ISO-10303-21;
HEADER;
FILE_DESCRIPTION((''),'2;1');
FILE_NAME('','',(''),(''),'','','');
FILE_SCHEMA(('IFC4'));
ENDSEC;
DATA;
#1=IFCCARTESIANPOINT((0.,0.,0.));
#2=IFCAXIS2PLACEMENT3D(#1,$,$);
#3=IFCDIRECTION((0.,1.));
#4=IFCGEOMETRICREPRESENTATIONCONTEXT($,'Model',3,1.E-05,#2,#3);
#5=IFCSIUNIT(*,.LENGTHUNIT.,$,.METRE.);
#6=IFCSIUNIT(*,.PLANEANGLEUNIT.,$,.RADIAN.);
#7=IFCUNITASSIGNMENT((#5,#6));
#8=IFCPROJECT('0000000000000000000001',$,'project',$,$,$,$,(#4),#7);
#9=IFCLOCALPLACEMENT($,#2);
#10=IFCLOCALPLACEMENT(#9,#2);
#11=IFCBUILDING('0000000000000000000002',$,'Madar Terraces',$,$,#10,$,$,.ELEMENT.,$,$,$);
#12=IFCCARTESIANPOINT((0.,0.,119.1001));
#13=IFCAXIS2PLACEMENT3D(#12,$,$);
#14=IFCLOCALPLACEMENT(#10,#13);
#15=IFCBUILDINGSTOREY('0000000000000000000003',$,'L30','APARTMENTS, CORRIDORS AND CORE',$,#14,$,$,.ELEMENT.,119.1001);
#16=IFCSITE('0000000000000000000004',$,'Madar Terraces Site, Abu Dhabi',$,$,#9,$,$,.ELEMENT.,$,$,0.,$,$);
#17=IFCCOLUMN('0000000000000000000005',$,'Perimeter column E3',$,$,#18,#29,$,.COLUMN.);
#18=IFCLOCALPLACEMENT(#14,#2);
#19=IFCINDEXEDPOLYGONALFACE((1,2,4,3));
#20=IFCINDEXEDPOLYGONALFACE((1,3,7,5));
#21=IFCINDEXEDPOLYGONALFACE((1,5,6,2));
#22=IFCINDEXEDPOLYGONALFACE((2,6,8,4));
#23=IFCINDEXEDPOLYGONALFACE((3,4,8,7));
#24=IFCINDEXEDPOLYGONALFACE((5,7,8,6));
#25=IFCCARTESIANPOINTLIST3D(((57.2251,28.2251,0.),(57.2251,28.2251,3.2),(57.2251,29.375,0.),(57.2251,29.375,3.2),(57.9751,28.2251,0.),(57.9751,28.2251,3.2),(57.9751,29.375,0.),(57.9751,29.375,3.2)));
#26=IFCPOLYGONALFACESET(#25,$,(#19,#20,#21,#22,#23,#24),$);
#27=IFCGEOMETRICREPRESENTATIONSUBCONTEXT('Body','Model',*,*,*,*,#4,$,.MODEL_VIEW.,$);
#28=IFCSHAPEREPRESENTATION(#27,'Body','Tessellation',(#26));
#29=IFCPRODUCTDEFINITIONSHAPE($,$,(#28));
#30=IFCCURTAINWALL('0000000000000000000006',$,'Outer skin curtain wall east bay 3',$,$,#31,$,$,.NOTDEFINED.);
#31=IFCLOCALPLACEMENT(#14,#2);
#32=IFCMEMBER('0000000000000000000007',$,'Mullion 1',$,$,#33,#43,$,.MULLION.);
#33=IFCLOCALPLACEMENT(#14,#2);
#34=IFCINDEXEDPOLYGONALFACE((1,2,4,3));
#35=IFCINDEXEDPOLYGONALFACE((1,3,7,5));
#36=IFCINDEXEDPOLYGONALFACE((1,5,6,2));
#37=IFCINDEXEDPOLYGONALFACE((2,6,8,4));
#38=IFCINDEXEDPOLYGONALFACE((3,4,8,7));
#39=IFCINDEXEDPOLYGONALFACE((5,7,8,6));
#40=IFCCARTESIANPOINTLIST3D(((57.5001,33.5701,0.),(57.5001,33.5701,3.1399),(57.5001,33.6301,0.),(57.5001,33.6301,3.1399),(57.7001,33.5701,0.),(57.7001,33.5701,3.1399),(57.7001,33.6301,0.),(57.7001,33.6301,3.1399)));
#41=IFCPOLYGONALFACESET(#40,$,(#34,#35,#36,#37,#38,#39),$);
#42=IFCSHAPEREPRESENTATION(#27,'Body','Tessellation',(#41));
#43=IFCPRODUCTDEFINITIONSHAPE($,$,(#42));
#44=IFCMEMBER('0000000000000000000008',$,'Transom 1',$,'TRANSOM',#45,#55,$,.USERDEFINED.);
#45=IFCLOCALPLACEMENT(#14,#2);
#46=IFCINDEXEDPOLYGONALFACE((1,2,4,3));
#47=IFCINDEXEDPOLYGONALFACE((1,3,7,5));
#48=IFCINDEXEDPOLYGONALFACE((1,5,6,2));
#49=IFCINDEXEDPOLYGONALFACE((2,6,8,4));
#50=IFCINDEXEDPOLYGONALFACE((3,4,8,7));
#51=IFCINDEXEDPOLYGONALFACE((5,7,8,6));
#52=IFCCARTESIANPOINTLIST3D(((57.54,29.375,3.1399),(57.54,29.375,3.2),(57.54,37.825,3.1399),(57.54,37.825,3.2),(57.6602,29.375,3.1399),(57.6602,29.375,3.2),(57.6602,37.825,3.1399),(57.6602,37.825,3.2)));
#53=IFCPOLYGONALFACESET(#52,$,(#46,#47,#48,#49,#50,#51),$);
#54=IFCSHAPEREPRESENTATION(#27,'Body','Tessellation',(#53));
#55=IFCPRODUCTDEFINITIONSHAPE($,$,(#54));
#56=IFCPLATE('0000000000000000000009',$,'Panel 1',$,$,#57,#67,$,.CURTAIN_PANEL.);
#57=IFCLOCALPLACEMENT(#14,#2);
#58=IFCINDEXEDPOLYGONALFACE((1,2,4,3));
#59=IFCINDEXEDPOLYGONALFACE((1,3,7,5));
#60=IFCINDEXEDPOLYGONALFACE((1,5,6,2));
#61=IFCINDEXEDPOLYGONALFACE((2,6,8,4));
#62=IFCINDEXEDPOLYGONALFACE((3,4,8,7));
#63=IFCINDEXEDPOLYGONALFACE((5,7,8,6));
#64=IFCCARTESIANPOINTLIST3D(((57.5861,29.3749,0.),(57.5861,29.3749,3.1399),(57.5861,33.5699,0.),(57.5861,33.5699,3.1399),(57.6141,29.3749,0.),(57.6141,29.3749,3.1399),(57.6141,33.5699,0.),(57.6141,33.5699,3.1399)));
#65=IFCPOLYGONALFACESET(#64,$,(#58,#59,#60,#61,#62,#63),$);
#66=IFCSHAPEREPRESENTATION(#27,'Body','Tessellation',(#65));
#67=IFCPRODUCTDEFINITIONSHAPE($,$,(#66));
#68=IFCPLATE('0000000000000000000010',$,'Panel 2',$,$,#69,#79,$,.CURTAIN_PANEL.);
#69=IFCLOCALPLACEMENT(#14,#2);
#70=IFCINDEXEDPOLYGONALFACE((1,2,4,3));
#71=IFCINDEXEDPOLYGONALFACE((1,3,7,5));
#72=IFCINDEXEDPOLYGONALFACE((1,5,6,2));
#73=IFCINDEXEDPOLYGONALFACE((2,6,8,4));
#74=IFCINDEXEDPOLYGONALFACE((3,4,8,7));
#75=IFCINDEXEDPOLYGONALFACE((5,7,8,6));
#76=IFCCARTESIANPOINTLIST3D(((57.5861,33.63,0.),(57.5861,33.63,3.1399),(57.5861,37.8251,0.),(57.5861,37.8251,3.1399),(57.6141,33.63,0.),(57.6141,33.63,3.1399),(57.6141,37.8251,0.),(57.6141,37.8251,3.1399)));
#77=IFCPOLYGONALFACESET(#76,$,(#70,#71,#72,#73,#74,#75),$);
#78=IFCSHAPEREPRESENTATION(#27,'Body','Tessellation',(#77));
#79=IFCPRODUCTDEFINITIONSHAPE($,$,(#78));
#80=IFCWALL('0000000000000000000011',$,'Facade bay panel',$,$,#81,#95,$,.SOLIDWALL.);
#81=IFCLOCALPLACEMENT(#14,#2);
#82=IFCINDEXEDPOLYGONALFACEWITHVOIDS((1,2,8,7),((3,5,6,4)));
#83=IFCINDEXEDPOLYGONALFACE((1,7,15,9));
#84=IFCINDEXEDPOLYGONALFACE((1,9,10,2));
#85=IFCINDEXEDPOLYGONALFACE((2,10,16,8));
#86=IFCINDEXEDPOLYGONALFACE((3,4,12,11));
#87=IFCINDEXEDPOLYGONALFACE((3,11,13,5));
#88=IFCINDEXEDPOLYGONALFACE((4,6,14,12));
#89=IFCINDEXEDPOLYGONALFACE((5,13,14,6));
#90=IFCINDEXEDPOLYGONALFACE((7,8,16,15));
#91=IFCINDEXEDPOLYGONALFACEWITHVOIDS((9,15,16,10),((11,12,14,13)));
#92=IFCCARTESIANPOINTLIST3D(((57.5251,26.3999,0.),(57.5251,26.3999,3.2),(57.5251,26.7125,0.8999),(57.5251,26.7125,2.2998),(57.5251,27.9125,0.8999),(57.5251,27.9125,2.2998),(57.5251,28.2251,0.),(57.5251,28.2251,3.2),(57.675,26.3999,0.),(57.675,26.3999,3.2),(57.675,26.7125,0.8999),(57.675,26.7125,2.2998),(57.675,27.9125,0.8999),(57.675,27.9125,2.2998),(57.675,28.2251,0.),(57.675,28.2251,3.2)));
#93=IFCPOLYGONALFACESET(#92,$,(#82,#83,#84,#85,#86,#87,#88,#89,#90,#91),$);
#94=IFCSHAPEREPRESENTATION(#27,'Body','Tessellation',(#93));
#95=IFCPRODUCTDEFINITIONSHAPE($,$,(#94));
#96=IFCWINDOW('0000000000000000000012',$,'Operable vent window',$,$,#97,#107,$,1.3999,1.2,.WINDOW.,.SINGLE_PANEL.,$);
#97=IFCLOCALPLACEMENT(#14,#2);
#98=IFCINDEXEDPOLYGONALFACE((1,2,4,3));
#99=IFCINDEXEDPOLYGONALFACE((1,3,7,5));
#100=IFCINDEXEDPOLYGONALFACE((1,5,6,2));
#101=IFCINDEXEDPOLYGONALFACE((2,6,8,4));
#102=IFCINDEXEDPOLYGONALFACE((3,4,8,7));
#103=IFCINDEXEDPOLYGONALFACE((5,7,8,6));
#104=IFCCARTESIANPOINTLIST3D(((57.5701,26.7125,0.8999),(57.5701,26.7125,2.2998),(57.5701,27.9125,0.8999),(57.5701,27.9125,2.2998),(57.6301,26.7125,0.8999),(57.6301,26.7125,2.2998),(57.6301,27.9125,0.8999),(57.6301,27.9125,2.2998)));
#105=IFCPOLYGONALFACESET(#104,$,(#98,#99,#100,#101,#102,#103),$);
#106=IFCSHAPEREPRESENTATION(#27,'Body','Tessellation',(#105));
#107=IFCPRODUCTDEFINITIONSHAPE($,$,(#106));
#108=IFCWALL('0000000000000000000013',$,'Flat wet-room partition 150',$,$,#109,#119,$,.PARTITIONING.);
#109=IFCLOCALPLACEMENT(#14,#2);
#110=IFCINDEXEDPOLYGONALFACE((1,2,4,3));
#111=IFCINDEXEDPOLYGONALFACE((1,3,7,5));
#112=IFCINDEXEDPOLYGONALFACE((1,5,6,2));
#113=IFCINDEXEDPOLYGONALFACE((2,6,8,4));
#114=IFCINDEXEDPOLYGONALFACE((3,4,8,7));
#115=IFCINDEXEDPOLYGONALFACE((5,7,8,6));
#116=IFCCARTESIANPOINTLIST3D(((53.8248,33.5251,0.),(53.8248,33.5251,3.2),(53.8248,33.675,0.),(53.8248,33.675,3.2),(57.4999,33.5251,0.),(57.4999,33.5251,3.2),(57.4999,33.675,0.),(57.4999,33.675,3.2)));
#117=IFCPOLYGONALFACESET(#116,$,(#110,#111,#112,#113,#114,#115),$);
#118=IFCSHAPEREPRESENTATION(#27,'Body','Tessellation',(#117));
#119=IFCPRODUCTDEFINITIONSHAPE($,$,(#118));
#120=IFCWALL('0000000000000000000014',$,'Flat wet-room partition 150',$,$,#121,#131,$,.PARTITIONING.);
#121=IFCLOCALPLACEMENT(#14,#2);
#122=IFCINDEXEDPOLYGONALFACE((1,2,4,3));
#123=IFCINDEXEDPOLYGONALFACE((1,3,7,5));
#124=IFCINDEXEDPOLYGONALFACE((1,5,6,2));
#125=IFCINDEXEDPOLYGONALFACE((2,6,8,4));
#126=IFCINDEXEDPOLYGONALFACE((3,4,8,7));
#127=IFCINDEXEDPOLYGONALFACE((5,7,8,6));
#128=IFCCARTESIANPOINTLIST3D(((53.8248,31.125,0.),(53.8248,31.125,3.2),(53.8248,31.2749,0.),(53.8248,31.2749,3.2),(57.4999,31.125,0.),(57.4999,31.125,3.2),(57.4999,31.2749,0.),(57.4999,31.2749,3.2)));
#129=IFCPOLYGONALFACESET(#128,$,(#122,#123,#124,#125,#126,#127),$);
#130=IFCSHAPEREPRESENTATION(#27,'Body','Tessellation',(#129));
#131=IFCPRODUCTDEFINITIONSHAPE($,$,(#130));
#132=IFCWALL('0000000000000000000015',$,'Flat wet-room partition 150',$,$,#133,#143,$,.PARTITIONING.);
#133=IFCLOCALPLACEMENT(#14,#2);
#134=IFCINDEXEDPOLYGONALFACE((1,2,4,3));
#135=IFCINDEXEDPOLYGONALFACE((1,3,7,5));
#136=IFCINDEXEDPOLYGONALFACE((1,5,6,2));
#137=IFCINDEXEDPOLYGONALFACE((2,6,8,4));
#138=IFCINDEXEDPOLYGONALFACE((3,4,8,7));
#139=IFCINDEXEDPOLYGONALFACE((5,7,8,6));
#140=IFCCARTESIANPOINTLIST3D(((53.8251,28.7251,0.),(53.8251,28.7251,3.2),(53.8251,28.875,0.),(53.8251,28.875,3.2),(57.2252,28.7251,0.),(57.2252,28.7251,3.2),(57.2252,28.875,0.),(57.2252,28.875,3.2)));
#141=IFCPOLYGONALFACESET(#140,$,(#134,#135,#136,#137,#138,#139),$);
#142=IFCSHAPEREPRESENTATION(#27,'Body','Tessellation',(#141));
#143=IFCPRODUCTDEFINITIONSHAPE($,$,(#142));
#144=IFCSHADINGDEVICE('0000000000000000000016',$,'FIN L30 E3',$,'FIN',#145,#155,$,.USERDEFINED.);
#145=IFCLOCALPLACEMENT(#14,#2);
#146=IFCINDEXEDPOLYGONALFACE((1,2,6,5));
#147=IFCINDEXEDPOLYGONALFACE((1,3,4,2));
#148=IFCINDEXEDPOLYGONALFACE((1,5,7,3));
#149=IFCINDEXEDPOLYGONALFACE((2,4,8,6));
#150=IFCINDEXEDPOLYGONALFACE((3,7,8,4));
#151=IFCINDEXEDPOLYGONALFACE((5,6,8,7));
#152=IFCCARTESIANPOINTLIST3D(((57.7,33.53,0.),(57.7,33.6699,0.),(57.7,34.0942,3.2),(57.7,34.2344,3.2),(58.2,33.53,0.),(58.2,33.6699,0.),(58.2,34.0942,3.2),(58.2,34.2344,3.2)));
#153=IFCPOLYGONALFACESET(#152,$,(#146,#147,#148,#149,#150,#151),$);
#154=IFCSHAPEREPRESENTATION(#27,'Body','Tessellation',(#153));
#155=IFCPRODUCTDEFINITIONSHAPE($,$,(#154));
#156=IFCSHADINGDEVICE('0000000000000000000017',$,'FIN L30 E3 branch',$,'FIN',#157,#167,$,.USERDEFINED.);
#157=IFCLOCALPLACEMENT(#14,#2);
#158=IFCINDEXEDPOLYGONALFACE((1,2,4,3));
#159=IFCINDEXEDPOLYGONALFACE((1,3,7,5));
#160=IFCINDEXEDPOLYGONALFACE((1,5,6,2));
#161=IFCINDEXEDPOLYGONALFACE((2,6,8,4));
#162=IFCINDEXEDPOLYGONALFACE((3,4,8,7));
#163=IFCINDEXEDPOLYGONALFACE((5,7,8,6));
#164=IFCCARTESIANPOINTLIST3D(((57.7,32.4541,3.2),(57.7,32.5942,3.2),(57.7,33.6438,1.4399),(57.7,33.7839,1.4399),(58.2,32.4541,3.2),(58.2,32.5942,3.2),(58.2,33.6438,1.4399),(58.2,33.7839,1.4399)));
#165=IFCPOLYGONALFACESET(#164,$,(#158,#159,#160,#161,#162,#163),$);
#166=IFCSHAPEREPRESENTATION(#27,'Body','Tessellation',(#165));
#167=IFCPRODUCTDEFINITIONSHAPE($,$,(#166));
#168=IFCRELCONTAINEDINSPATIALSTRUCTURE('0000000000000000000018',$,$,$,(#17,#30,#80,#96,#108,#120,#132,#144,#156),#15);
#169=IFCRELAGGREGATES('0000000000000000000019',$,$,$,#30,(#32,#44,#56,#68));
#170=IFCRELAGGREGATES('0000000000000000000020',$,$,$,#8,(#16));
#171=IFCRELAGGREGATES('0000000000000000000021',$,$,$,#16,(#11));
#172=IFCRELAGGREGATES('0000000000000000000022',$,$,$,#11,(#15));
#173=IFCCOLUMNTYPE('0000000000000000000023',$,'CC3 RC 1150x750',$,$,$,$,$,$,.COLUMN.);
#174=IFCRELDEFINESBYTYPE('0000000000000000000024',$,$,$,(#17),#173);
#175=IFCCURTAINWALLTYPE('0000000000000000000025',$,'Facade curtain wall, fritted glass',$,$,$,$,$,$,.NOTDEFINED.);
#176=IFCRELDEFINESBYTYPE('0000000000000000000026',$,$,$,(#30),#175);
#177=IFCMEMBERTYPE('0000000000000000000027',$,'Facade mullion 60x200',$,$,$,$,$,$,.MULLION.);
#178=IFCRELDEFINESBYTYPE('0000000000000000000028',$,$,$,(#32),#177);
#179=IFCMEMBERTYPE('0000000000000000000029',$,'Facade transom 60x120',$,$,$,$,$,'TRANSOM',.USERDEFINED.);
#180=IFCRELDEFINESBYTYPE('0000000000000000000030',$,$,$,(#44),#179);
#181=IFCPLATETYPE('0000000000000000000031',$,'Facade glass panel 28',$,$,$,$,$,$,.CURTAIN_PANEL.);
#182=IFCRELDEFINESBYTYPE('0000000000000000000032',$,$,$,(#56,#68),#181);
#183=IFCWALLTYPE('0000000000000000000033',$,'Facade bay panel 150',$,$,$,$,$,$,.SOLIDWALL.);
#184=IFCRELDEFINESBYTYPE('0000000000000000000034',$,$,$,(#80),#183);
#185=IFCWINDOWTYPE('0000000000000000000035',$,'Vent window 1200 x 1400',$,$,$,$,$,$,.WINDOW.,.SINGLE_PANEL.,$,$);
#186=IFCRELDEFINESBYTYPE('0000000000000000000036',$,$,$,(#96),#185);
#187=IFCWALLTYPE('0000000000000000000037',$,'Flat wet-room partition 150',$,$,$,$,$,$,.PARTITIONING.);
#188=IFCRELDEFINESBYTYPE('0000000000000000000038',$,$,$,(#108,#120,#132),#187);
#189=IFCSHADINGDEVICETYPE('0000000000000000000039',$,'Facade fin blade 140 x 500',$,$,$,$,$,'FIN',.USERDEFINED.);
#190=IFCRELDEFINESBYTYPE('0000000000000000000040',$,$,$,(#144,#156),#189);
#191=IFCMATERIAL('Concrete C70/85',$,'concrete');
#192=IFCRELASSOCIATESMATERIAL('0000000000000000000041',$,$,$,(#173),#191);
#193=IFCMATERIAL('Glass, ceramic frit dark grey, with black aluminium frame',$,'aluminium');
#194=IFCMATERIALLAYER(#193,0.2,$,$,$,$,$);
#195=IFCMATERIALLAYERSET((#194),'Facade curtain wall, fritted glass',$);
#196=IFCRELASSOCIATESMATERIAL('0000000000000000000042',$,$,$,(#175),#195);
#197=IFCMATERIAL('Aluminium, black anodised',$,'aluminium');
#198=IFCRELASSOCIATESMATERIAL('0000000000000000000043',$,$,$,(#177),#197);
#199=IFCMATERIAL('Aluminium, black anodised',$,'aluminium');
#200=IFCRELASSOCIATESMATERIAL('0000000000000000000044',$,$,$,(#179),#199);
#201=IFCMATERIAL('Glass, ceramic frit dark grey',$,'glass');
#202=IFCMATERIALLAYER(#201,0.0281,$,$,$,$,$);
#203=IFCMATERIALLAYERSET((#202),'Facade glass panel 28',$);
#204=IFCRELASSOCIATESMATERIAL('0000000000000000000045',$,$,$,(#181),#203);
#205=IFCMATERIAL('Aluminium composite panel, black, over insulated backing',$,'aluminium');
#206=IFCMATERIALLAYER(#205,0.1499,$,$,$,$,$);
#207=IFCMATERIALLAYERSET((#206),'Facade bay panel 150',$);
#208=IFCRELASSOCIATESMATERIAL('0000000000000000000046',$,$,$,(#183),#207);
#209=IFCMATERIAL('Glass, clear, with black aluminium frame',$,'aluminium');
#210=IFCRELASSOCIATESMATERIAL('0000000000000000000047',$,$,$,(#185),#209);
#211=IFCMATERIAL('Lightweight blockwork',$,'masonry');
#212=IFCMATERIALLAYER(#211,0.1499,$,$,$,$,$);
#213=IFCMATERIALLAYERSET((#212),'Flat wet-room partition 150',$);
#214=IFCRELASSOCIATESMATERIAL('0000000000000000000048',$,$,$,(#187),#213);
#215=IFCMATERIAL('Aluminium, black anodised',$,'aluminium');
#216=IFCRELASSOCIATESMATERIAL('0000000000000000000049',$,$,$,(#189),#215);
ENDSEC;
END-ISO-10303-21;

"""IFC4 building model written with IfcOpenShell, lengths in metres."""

from ifc_helpers import new_model, si_unit, direction, frame, frame_2d, origin, origin_2d, place, context, subcontext, project, spatial, polyline, rectangle, outline, extrude, material, layer, layer_set, material_profile, profile_set, type_object, element, fill, aggregate, save


model = new_model("IFC4")

# Units and contexts
model_context = context("Model", 3, precision=1e-05, world=origin(), true_north=direction((0.0, 1.0)))
body_context = subcontext(model_context, "Body", "Model", "MODEL_VIEW")
ifc_project = project(units=[si_unit("LENGTHUNIT", "METRE"), si_unit("PLANEANGLEUNIT", "RADIAN")], contexts=[model_context])

# Site, building, storey
site_placement = place(None, origin())
site = spatial("IfcSite", under=ifc_project, at=site_placement, Name="Madar Terraces Site, Abu Dhabi", CompositionType="ELEMENT", RefElevation=0.0)
building_placement = place(site_placement, origin())
building = spatial("IfcBuilding", under=site, at=building_placement, Name="Madar Terraces", CompositionType="ELEMENT")
storey_placement = place(building_placement, frame((0.0, 0.0, 119.1001)))
storey = spatial("IfcBuildingStorey", under=building, at=storey_placement, Name="L30", Description="APARTMENTS, CORRIDORS AND CORE", CompositionType="ELEMENT", Elevation=119.1001)

# Column
ifc_material_1 = material(Name="Concrete C70/85", Category="concrete")
ifc_material_profile_1 = material_profile(ifc_material_1, rectangle(XDim=1.1499, YDim=0.75, at=origin_2d()), Name="CC3 RC 1150x750")
ifc_profile_set_1 = profile_set([ifc_material_profile_1], Name="Concrete C70/85")
column_type = type_object("IfcColumnType", Name="CC3 RC 1150x750", PredefinedType="COLUMN", material=ifc_profile_set_1)
column_placement = place(storey_placement, frame((57.6001, 28.8, 0.0), z_axis=(0.0, 0.0, 1.0), x_axis=(0.0, 1.0, 0.0)))
element("IfcColumn", 1, at=column_placement, inside=storey, type_object=column_type, Name="Perimeter column E3", PredefinedType="COLUMN", context=body_context, shape_type="SweptSolid", body=[
    extrude(rectangle(XDim=1.1499, YDim=0.75, at=origin_2d()), origin(), (0.0, 0.0, 1.0), 3.2),
])

# Curtain wall, members, plates
ifc_material_2 = material(Name="Glass, ceramic frit dark grey, with black aluminium frame", Category="aluminium")
ifc_layer_1 = layer(ifc_material_2, 0.2)
ifc_layer_set_1 = layer_set([ifc_layer_1], Name="Facade curtain wall, fritted glass")
curtain_wall_type = type_object("IfcCurtainWallType", Name="Facade curtain wall, fritted glass", PredefinedType="NOTDEFINED", material=ifc_layer_set_1)
curtain_wall_placement = place(storey_placement, origin())
curtain_wall = element("IfcCurtainWall", 2, at=curtain_wall_placement, inside=storey, type_object=curtain_wall_type, Name="Outer skin curtain wall east bay 3", PredefinedType="NOTDEFINED")
ifc_material_3 = material(Name="Aluminium, black anodised", Category="aluminium")
ifc_material_profile_2 = material_profile(ifc_material_3, rectangle(XDim=0.2, YDim=0.0601, at=origin_2d()), Name="Facade mullion 60x200")
ifc_profile_set_2 = profile_set([ifc_material_profile_2], Name="Aluminium, black anodised")
member_type_1 = type_object("IfcMemberType", Name="Facade mullion 60x200", PredefinedType="MULLION", material=ifc_profile_set_2)
member_1_placement = place(storey_placement, frame((57.6001, 33.6001, 0.0), z_axis=(0.0, 0.0, 1.0), x_axis=(-1.0, 0.0, 0.0)))
member_1 = element("IfcMember", 3, at=member_1_placement, type_object=member_type_1, Name="Mullion 1", PredefinedType="MULLION", context=body_context, shape_type="SweptSolid", body=[
    extrude(rectangle(XDim=0.2, YDim=0.0601, at=origin_2d()), origin(), (0.0, 0.0, 1.0), 3.1399),
])
ifc_material_4 = material(Name="Aluminium, black anodised", Category="aluminium")
ifc_material_profile_3 = material_profile(ifc_material_4, rectangle(XDim=0.1201, YDim=0.0601, at=origin_2d()), Name="Facade transom 60x120")
ifc_profile_set_3 = profile_set([ifc_material_profile_3], Name="Aluminium, black anodised")
member_type_2 = type_object("IfcMemberType", Name="Facade transom 60x120", ElementType="TRANSOM", PredefinedType="USERDEFINED", material=ifc_profile_set_3)
member_2_placement = place(storey_placement, frame((57.6001, 29.375, 3.1699), z_axis=(0.0, 1.0, 0.0), x_axis=(-1.0, 0.0, 0.0)))
member_2 = element("IfcMember", 4, at=member_2_placement, type_object=member_type_2, Name="Transom 1", ObjectType="TRANSOM", PredefinedType="USERDEFINED", context=body_context, shape_type="SweptSolid", body=[
    extrude(rectangle(XDim=0.1201, YDim=0.0601, at=origin_2d()), origin(), (0.0, 0.0, 1.0), 8.45),
])
ifc_material_5 = material(Name="Glass, ceramic frit dark grey", Category="glass")
ifc_layer_2 = layer(ifc_material_5, 0.0281)
ifc_layer_set_2 = layer_set([ifc_layer_2], Name="Facade glass panel 28")
plate_type = type_object("IfcPlateType", Name="Facade glass panel 28", PredefinedType="CURTAIN_PANEL", material=ifc_layer_set_2)
plate_1_placement = place(storey_placement, frame((57.6001, 31.4724, 0.0), z_axis=(0.0, 0.0, 1.0), x_axis=(0.0, 1.0, 0.0)))
plate_1 = element("IfcPlate", 5, at=plate_1_placement, type_object=plate_type, Name="Panel 1", PredefinedType="CURTAIN_PANEL", context=body_context, shape_type="SweptSolid", body=[
    extrude(rectangle(XDim=4.1951, YDim=0.0281, at=origin_2d()), origin(), (0.0, 0.0, 1.0), 3.1399),
])
plate_2_placement = place(storey_placement, frame((57.6001, 35.7275, 0.0), z_axis=(0.0, 0.0, 1.0), x_axis=(0.0, 1.0, 0.0)))
plate_2 = element("IfcPlate", 6, at=plate_2_placement, type_object=plate_type, Name="Panel 2", PredefinedType="CURTAIN_PANEL", context=body_context, shape_type="SweptSolid", body=[
    extrude(rectangle(XDim=4.1951, YDim=0.0281, at=origin_2d()), origin(), (0.0, 0.0, 1.0), 3.1399),
])
aggregate(curtain_wall, [member_1, member_2, plate_1, plate_2])

# Wall, opening, window
ifc_material_6 = material(Name="Aluminium composite panel, black, over insulated backing", Category="aluminium")
ifc_layer_3 = layer(ifc_material_6, 0.1499)
ifc_layer_set_3 = layer_set([ifc_layer_3], Name="Facade bay panel 150")
wall_type_1 = type_object("IfcWallType", Name="Facade bay panel 150", PredefinedType="SOLIDWALL", material=ifc_layer_set_3)
wall_1_placement = place(storey_placement, frame((57.6001, 26.3999, 0.0), z_axis=(0.0, 0.0, 1.0), x_axis=(0.0, 1.0, 0.0)))
wall_1 = element("IfcWall", 7, at=wall_1_placement, inside=storey, type_object=wall_type_1, Name="Facade bay panel", PredefinedType="SOLIDWALL", context=body_context, shape_type="SweptSolid", body=[
    extrude(rectangle(XDim=1.8252, YDim=0.1499, at=frame_2d((0.9126, 0.0))), origin(), (0.0, 0.0, 1.0), 3.2),
])
opening_placement = place(wall_1_placement, frame((0.3125, 0.0, 0.8999)))
opening = element("IfcOpeningElement", 8, at=opening_placement, cuts=wall_1, PredefinedType="OPENING", context=body_context, shape_type="SweptSolid", body=[
    extrude(rectangle(XDim=1.2, YDim=1.3999, at=frame_2d((0.6001, 0.7))), frame((0.0, 0.085, 0.0), z_axis=(0.0, -1.0, 0.0), x_axis=(1.0, 0.0, 0.0)), (0.0, 0.0, 1.0), 0.1699),
])
ifc_material_7 = material(Name="Glass, clear, with black aluminium frame", Category="aluminium")
window_type = type_object("IfcWindowType", Name="Vent window 1200 x 1400", PartitioningType="SINGLE_PANEL", PredefinedType="WINDOW", material=ifc_material_7)
window_placement = place(opening_placement, origin())
window = element("IfcWindow", 9, at=window_placement, inside=storey, type_object=window_type, Name="Operable vent window", OverallHeight=1.3999, OverallWidth=1.2, PartitioningType="SINGLE_PANEL", PredefinedType="WINDOW", context=body_context, shape_type="SweptSolid", body=[
    extrude(rectangle(XDim=1.2, YDim=1.3999, at=frame_2d((0.6001, 0.7))), frame((0.0, 0.03, 0.0), z_axis=(0.0, -1.0, 0.0), x_axis=(1.0, 0.0, 0.0)), (0.0, 0.0, 1.0), 0.0601),
])
fill(opening, window)

# Walls
ifc_material_8 = material(Name="Lightweight blockwork", Category="masonry")
ifc_layer_4 = layer(ifc_material_8, 0.1499)
ifc_layer_set_4 = layer_set([ifc_layer_4], Name="Flat wet-room partition 150")
wall_type_2 = type_object("IfcWallType", Name="Flat wet-room partition 150", PredefinedType="PARTITIONING", material=ifc_layer_set_4)
for number, where, z_axis, x_axis, name in (
    (10, (53.825, 33.6001, 0.0), (0.0, 0.0, 1.0), (1.0, 0.0, 0.0), "Flat wet-room partition 150"),
    (11, (53.825, 31.2, 0.0), (0.0, 0.0, 1.0), (1.0, 0.0, 0.0), "Flat wet-room partition 150"),
):
    element("IfcWall", number, at=place(storey_placement, frame(where, z_axis=z_axis, x_axis=x_axis)), inside=storey, type_object=wall_type_2, Name=name, PredefinedType="PARTITIONING", context=body_context, shape_type="SweptSolid", body=[
        extrude(rectangle(XDim=3.675, YDim=0.1499, at=frame_2d((1.8374, 0.0))), origin(), (0.0, 0.0, 1.0), 3.2),
    ])
wall_2_placement = place(storey_placement, frame((53.825, 28.8, 0.0), z_axis=(0.0, 0.0, 1.0), x_axis=(1.0, 0.0, 0.0)))
element("IfcWall", 12, at=wall_2_placement, inside=storey, type_object=wall_type_2, Name="Flat wet-room partition 150", PredefinedType="PARTITIONING", context=body_context, shape_type="SweptSolid", body=[
    extrude(rectangle(XDim=3.4001, YDim=0.1499, at=frame_2d((1.7002, 0.0))), origin(), (0.0, 0.0, 1.0), 3.2),
])

# Shading devices
ifc_material_9 = material(Name="Aluminium, black anodised", Category="aluminium")
shading_device_type = type_object("IfcShadingDeviceType", Name="Facade fin blade 140 x 500", ElementType="FIN", PredefinedType="USERDEFINED", material=ifc_material_9)
shading_device_1_placement = place(storey_placement, frame((57.95, 33.53, 0.0), z_axis=(0.0, 0.0, 1.0), x_axis=(0.0, 1.0, 0.0)))
element("IfcShadingDevice", 13, at=shading_device_1_placement, inside=storey, type_object=shading_device_type, Name="FIN L30 E3", ObjectType="FIN", PredefinedType="USERDEFINED", context=body_context, shape_type="SweptSolid", body=[
    extrude(outline(polyline([(0.0, 0.0), (0.1399, 0.0), (0.7043, 3.2), (0.5642, 3.2), (0.0, 0.0)])), frame((0.0, 0.25, 0.0), z_axis=(0.0, -1.0, 0.0), x_axis=(1.0, 0.0, 0.0)), (0.0, 0.0, 1.0), 0.5),
])
shading_device_2_placement = place(storey_placement, frame((57.95, 33.6438, 1.4399), z_axis=(0.0, 0.0, 1.0), x_axis=(0.0, 1.0, 0.0)))
element("IfcShadingDevice", 14, at=shading_device_2_placement, inside=storey, type_object=shading_device_type, Name="FIN L30 E3 branch", ObjectType="FIN", PredefinedType="USERDEFINED", context=body_context, shape_type="SweptSolid", body=[
    extrude(outline(polyline([(0.0, 0.0), (0.1401, 0.0), (-1.0496, 1.76), (-1.1897, 1.76), (0.0, 0.0)])), frame((0.0, 0.25, 0.0), z_axis=(0.0, -1.0, 0.0), x_axis=(1.0, 0.0, 0.0)), (0.0, 0.0, 1.0), 0.5),
])

save(model, "model.ifc")
